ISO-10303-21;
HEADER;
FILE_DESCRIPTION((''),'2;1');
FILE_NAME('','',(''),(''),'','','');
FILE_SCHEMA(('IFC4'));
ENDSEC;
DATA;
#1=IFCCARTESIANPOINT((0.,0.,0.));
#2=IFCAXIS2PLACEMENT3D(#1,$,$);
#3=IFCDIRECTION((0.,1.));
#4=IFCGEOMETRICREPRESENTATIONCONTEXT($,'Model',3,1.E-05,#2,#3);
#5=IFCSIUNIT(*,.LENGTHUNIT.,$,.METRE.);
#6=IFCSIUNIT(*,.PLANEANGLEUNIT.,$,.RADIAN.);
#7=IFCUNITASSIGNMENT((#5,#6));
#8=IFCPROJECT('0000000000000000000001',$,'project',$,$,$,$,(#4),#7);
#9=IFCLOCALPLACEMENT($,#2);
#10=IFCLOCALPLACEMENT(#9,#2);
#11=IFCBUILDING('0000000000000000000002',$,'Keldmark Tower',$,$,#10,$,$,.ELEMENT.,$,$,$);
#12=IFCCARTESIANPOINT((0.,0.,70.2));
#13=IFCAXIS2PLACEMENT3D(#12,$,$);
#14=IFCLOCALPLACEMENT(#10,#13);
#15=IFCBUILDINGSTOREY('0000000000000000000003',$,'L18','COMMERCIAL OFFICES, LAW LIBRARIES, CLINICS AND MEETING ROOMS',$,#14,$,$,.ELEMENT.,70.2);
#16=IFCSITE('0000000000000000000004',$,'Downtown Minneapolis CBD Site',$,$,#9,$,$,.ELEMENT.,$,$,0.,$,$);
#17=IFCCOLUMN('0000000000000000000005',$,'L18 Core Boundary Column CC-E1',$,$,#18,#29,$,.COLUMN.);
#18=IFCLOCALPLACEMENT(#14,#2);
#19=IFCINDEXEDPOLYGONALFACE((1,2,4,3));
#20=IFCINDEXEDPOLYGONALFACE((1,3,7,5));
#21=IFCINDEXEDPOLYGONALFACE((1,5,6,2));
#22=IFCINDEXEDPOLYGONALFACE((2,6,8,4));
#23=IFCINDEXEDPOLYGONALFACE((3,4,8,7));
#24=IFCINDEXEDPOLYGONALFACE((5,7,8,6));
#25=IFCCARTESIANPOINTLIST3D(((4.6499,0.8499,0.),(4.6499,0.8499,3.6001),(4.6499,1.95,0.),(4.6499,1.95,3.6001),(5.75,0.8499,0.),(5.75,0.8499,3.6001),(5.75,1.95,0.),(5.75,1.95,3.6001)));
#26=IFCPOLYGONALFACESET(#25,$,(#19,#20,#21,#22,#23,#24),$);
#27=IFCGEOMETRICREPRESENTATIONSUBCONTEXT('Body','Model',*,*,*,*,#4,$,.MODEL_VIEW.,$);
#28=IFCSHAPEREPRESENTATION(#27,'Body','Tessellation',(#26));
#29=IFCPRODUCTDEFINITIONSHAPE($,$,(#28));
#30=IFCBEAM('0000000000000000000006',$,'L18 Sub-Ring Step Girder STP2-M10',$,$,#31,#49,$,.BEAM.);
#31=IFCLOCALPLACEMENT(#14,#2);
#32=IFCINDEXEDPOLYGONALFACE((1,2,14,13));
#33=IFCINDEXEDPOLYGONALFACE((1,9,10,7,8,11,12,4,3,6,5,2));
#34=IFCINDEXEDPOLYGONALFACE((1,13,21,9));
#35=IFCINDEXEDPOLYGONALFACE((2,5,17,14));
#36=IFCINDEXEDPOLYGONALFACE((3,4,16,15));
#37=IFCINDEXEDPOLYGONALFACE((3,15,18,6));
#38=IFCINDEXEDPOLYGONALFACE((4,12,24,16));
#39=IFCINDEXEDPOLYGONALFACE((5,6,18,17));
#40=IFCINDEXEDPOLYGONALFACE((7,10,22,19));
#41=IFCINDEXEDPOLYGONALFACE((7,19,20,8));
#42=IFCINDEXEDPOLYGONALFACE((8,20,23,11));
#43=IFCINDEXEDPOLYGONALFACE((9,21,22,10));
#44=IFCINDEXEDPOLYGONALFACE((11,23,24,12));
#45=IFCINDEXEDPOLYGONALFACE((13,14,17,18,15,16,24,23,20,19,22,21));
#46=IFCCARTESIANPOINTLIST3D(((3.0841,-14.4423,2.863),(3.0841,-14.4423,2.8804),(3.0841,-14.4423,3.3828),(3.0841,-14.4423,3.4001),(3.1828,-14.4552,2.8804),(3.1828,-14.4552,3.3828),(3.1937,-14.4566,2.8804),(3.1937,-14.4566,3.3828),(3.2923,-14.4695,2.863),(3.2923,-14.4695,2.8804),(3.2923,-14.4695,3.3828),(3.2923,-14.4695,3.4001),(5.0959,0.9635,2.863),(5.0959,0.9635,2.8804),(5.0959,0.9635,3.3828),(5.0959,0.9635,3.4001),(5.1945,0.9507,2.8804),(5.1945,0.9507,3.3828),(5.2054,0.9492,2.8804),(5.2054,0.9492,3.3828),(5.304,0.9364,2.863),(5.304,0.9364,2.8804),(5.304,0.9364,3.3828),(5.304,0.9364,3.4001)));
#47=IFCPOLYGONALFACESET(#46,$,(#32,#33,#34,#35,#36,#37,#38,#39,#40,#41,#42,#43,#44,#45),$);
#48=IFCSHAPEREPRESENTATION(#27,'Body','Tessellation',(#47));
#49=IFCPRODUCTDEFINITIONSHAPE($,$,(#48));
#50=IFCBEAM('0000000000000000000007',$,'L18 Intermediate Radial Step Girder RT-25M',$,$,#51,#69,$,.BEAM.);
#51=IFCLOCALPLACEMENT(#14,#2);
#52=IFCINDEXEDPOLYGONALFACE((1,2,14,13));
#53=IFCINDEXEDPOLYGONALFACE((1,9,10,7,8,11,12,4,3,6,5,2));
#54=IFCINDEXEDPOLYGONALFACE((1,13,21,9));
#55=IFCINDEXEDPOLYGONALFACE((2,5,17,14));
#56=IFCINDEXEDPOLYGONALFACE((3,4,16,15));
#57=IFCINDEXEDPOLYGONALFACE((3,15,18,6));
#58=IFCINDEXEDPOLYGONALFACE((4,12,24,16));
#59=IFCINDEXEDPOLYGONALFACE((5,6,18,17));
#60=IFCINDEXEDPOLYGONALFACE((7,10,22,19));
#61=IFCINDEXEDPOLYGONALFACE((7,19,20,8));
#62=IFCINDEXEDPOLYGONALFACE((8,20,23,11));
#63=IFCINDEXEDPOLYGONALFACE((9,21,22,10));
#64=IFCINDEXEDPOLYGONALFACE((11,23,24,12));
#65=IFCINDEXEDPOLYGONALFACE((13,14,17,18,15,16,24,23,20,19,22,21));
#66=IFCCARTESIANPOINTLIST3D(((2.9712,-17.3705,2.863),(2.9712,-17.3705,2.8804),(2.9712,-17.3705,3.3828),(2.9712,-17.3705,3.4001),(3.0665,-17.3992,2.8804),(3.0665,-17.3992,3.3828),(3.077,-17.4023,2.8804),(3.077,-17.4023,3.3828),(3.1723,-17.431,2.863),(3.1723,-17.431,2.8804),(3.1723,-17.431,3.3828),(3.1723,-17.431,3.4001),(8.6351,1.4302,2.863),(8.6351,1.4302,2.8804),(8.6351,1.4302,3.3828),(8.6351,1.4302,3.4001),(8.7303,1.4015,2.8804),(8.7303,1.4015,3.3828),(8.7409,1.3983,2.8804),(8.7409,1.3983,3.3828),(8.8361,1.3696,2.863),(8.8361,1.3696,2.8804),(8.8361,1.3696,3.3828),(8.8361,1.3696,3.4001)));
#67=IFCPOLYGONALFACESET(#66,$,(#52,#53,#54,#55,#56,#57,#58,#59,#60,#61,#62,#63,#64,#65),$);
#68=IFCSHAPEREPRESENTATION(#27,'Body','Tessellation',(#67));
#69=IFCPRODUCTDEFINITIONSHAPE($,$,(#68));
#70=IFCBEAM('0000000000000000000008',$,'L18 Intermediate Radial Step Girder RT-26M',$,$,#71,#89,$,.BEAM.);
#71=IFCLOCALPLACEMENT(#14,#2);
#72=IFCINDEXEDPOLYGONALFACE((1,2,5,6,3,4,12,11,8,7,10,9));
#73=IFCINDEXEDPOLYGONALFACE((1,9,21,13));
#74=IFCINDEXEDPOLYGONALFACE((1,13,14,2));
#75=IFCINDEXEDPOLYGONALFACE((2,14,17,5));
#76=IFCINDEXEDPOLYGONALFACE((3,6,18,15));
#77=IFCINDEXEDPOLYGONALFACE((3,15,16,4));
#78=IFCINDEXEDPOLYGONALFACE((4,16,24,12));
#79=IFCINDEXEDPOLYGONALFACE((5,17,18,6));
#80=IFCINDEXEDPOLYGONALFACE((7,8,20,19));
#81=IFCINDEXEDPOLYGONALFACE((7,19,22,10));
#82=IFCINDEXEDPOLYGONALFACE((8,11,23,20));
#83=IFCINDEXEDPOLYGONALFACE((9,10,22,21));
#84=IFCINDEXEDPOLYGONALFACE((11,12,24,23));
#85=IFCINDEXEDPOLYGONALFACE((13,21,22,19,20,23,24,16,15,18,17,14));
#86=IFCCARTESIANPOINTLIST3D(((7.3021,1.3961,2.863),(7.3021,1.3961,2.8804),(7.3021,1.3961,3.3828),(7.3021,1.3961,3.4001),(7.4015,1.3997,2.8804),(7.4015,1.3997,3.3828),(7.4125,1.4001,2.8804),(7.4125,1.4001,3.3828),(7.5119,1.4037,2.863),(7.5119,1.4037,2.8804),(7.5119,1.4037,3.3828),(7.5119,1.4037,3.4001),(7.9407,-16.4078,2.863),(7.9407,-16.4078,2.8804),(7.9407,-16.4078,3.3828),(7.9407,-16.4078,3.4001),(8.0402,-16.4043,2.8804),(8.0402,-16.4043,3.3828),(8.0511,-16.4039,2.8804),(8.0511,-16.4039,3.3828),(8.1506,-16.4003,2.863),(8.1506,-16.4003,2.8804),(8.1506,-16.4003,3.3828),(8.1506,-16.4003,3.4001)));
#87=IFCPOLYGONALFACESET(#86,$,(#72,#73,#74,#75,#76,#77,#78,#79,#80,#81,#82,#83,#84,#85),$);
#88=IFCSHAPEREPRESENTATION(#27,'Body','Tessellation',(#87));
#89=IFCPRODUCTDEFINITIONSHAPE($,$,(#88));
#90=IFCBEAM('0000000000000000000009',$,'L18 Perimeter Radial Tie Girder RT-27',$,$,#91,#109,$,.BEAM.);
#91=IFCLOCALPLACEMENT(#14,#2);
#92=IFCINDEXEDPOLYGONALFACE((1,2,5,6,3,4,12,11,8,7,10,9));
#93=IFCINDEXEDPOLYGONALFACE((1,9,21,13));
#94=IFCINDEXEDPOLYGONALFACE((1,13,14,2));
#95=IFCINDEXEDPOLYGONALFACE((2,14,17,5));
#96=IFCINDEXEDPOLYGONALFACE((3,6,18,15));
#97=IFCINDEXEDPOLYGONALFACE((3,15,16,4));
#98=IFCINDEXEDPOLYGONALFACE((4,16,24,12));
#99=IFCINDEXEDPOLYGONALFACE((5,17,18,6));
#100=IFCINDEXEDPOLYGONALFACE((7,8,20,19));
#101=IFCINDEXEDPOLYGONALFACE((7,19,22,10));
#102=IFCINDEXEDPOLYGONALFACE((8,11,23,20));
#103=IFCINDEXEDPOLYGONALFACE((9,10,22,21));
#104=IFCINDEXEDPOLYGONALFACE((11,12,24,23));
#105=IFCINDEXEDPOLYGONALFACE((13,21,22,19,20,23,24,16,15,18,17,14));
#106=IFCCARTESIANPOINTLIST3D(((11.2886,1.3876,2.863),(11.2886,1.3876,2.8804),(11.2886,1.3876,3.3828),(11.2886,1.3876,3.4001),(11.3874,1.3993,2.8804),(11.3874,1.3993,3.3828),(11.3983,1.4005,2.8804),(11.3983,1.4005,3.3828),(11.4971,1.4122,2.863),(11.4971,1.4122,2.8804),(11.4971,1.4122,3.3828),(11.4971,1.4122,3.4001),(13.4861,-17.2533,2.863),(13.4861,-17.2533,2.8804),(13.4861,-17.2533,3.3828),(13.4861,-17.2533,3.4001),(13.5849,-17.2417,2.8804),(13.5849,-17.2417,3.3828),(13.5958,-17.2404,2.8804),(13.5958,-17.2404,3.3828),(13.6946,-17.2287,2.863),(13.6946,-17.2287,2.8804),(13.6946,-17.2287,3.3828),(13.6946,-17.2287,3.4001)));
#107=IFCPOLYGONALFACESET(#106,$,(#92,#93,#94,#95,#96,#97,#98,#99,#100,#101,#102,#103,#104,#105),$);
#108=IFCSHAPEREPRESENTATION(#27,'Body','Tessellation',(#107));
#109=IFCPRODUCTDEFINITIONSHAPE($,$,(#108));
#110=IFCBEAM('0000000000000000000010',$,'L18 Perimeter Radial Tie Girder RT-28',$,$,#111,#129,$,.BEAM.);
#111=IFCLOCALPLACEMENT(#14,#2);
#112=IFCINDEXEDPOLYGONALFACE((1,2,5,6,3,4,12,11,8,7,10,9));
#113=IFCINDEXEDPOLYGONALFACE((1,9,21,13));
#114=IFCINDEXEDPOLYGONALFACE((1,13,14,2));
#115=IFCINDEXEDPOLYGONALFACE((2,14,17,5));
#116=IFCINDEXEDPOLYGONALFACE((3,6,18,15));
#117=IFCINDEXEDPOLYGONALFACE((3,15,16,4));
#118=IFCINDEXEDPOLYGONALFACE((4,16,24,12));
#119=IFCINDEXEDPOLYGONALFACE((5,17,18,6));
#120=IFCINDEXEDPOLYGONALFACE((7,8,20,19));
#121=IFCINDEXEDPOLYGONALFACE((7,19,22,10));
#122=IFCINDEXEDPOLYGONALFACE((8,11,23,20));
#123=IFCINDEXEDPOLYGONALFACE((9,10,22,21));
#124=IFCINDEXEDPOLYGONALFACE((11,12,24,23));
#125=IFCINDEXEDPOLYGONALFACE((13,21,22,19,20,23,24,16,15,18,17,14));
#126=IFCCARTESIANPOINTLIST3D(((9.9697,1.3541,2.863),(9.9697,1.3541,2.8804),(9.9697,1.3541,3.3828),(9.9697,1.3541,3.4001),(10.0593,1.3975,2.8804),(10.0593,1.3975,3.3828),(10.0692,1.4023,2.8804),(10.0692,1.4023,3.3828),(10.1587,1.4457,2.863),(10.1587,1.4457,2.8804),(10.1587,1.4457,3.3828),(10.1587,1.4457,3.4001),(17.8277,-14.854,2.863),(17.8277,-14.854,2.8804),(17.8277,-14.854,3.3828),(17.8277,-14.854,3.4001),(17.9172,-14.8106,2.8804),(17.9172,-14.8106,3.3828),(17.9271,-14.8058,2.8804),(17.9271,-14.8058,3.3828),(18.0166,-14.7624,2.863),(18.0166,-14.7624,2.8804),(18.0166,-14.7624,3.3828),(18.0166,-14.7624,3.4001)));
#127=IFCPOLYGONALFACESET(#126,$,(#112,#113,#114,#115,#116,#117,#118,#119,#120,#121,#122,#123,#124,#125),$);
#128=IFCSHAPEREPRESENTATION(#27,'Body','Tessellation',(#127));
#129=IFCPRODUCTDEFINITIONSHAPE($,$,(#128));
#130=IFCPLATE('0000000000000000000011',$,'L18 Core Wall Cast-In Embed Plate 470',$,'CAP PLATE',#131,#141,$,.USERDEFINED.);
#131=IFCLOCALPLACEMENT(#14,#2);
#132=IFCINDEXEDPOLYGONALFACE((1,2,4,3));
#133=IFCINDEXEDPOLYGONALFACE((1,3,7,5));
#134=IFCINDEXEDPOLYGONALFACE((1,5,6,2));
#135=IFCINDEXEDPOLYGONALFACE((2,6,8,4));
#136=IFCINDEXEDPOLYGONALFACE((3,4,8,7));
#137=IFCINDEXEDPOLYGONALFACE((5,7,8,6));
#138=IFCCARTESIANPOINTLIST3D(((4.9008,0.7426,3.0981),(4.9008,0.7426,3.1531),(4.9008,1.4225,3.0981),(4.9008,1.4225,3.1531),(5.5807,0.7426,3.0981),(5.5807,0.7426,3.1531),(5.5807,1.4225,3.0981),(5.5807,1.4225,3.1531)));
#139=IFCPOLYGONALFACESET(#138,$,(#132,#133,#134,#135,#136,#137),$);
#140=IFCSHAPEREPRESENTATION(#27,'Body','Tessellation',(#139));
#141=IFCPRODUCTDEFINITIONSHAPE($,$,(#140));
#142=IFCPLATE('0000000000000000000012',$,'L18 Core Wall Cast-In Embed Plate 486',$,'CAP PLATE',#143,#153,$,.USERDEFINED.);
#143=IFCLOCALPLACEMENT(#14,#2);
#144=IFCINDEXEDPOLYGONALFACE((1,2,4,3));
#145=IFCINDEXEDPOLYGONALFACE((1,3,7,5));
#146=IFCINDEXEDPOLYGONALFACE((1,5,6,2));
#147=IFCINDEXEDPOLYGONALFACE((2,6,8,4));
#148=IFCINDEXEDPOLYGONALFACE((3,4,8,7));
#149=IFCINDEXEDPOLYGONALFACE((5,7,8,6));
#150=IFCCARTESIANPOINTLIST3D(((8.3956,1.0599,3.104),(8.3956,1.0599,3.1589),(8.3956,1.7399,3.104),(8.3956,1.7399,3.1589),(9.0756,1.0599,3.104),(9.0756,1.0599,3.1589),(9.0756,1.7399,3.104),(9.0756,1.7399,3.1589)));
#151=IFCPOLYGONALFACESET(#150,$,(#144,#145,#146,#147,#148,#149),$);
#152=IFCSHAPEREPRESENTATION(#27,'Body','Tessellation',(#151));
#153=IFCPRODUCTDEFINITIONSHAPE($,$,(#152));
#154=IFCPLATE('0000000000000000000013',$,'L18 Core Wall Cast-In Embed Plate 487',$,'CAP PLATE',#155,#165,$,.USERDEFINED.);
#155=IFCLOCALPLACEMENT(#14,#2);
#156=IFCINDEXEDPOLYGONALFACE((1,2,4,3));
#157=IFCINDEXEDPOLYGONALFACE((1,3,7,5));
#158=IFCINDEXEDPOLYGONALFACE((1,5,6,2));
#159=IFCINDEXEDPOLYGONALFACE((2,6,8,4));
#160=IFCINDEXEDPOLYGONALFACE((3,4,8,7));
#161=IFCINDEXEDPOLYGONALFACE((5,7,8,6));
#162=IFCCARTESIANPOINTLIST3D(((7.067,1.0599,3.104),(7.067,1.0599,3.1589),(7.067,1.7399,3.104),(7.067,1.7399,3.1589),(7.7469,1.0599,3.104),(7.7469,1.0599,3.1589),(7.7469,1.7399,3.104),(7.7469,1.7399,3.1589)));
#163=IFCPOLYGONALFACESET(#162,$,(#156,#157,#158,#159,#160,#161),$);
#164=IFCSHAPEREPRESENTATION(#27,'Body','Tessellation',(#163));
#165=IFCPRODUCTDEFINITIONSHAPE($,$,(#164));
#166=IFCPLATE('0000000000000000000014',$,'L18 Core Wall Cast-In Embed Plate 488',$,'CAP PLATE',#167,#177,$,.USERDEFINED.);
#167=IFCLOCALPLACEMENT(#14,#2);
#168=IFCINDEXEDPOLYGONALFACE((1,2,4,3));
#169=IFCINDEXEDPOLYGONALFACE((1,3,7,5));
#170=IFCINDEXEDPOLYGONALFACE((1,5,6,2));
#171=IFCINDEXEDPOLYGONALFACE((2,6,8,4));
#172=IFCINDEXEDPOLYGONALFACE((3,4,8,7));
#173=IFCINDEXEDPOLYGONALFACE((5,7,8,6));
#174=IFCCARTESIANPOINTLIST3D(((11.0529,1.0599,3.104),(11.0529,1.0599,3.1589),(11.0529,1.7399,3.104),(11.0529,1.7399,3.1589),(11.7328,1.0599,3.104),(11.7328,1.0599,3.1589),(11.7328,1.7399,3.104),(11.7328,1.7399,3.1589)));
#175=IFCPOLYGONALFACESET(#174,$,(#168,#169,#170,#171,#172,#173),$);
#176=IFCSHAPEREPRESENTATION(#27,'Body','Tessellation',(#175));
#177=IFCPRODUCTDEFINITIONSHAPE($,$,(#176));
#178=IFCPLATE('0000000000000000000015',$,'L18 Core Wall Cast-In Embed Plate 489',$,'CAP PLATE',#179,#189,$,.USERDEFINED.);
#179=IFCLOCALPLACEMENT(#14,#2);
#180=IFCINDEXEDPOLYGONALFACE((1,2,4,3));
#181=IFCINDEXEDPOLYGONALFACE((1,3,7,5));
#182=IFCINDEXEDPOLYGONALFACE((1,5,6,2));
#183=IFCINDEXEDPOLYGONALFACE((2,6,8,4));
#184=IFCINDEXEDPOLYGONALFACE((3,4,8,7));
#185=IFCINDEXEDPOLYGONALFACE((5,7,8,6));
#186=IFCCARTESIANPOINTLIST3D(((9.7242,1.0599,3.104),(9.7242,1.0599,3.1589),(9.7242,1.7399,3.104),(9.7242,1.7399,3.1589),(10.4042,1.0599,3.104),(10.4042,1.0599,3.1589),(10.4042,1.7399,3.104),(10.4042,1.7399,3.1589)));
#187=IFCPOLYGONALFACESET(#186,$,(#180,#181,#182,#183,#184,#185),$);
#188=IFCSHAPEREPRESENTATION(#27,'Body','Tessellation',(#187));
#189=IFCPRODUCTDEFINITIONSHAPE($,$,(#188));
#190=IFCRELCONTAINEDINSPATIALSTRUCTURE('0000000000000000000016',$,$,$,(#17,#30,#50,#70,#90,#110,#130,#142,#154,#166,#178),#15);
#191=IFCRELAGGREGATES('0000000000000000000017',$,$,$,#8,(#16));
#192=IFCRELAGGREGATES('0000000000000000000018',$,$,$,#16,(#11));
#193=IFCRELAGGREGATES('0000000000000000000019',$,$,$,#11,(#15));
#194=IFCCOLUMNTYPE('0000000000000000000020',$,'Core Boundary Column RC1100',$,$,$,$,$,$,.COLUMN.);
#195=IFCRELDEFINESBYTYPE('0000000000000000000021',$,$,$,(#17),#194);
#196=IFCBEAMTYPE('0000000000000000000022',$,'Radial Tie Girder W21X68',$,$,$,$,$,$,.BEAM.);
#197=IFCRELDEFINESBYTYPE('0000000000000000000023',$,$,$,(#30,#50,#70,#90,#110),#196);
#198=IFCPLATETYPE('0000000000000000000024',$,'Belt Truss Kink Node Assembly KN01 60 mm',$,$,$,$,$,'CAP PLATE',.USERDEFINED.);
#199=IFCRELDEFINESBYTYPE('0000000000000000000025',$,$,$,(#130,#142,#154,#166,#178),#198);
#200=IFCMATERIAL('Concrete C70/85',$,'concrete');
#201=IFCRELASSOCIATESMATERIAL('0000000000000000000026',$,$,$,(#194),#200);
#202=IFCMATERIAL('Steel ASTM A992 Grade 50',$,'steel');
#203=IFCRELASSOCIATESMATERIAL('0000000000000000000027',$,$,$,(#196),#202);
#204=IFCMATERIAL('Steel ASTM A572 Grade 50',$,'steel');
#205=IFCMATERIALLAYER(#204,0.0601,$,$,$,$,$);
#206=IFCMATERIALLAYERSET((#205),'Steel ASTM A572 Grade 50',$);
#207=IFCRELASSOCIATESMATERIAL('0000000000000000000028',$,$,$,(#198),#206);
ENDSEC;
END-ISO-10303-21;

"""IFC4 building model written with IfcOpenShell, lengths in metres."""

from ifc_helpers import new_model, si_unit, direction, frame, origin, origin_2d, place, context, subcontext, project, spatial, rectangle, i_section, extrude, material, layer, layer_set, material_profile, profile_set, type_object, element, save


model = new_model("IFC4")

# Units and contexts
model_context = context("Model", 3, precision=1e-05, world=origin(), true_north=direction((0.0, 1.0)))
body_context = subcontext(model_context, "Body", "Model", "MODEL_VIEW")
ifc_project = project(units=[si_unit("LENGTHUNIT", "METRE"), si_unit("PLANEANGLEUNIT", "RADIAN")], contexts=[model_context])

# Site, building, storey
site_placement = place(None, origin())
site = spatial("IfcSite", under=ifc_project, at=site_placement, Name="Downtown Minneapolis CBD Site", CompositionType="ELEMENT", RefElevation=0.0)
building_placement = place(site_placement, origin())
building = spatial("IfcBuilding", under=site, at=building_placement, Name="Keldmark Tower", CompositionType="ELEMENT")
storey_placement = place(building_placement, frame((0.0, 0.0, 70.2)))
storey = spatial("IfcBuildingStorey", under=building, at=storey_placement, Name="L18", Description="COMMERCIAL OFFICES, LAW LIBRARIES, CLINICS AND MEETING ROOMS", CompositionType="ELEMENT", Elevation=70.2)

# Column
ifc_material_1 = material(Name="Concrete C70/85", Category="concrete")
ifc_material_profile_1 = material_profile(ifc_material_1, rectangle(XDim=1.1001, YDim=1.1001, at=origin_2d()), Name="RC1100X1100")
ifc_profile_set_1 = profile_set([ifc_material_profile_1], Name="Concrete C70/85")
column_type = type_object("IfcColumnType", Name="Core Boundary Column RC1100", PredefinedType="COLUMN", material=ifc_profile_set_1)
column_placement = place(storey_placement, frame((5.2, 1.3999, 0.0), z_axis=(0.0, 0.0, 1.0), x_axis=(1.0, 0.0, 0.0)))
element("IfcColumn", 1, at=column_placement, inside=storey, type_object=column_type, Name="L18 Core Boundary Column CC-E1", PredefinedType="COLUMN", context=body_context, shape_type="SweptSolid", body=[
    extrude(rectangle(XDim=1.1001, YDim=1.1001, at=origin_2d()), origin(), (0.0, 0.0, 1.0), 3.6001),
])

# Beams
ifc_material_2 = material(Name="Steel ASTM A992 Grade 50", Category="steel")
ifc_material_profile_2 = material_profile(ifc_material_2, i_section(OverallWidth=0.21, OverallDepth=0.5371, WebThickness=0.011, FlangeThickness=0.0173, at=origin_2d()), Name="W21X68")
ifc_profile_set_2 = profile_set([ifc_material_profile_2], Name="Steel ASTM A992 Grade 50")
beam_type = type_object("IfcBeamType", Name="Radial Tie Girder W21X68", PredefinedType="BEAM", material=ifc_profile_set_2)
beam_1_placement = place(storey_placement, frame((5.2, 0.95, 3.1316), z_axis=(-0.129483, -0.991582, 0.0), x_axis=(0.991582, -0.129483, 0.0)))
element("IfcBeam", 2, at=beam_1_placement, inside=storey, type_object=beam_type, Name="L18 Sub-Ring Step Girder STP2-M10", PredefinedType="BEAM", context=body_context, shape_type="SweptSolid", body=[
    extrude(i_section(OverallWidth=0.21, OverallDepth=0.5371, WebThickness=0.011, FlangeThickness=0.0173, at=origin_2d()), origin(), (0.0, 0.0, 1.0), 15.5366),
])
beam_2_placement = place(storey_placement, frame((8.7356, 1.3999, 3.1316), z_axis=(-0.288453, -0.957494, 0.0), x_axis=(0.957494, -0.288453, 0.0)))
element("IfcBeam", 3, at=beam_2_placement, inside=storey, type_object=beam_type, Name="L18 Intermediate Radial Step Girder RT-25M", PredefinedType="BEAM", context=body_context, shape_type="SweptSolid", body=[
    extrude(i_section(OverallWidth=0.21, OverallDepth=0.5371, WebThickness=0.011, FlangeThickness=0.0173, at=origin_2d()), origin(), (0.0, 0.0, 1.0), 19.6353),
])
beam_3_placement = place(storey_placement, frame((7.407, 1.3999, 3.1316), z_axis=(0.035849, -0.999357, 0.0), x_axis=(0.999357, 0.035849, 0.0)))
element("IfcBeam", 4, at=beam_3_placement, inside=storey, type_object=beam_type, Name="L18 Intermediate Radial Step Girder RT-26M", PredefinedType="BEAM", context=body_context, shape_type="SweptSolid", body=[
    extrude(i_section(OverallWidth=0.21, OverallDepth=0.5371, WebThickness=0.011, FlangeThickness=0.0173, at=origin_2d()), origin(), (0.0, 0.0, 1.0), 17.8154),
])
beam_4_placement = place(storey_placement, frame((11.3928, 1.3999, 3.1316), z_axis=(0.117076, -0.993123, 0.0), x_axis=(0.993123, 0.117076, 0.0)))
element("IfcBeam", 5, at=beam_4_placement, inside=storey, type_object=beam_type, Name="L18 Perimeter Radial Tie Girder RT-27", PredefinedType="BEAM", context=body_context, shape_type="SweptSolid", body=[
    extrude(i_section(OverallWidth=0.21, OverallDepth=0.5371, WebThickness=0.011, FlangeThickness=0.0173, at=origin_2d()), origin(), (0.0, 0.0, 1.0), 18.77),
])
beam_5_placement = place(storey_placement, frame((10.0642, 1.3999, 3.1316), z_axis=(0.43625, -0.899825, 0.0), x_axis=(0.899825, 0.43625, 0.0)))
element("IfcBeam", 6, at=beam_5_placement, inside=storey, type_object=beam_type, Name="L18 Perimeter Radial Tie Girder RT-28", PredefinedType="BEAM", context=body_context, shape_type="SweptSolid", body=[
    extrude(i_section(OverallWidth=0.21, OverallDepth=0.5371, WebThickness=0.011, FlangeThickness=0.0173, at=origin_2d()), origin(), (0.0, 0.0, 1.0), 18.0125),
])

# Plates
ifc_material_3 = material(Name="Steel ASTM A572 Grade 50", Category="steel")
ifc_layer_1 = layer(ifc_material_3, 0.0601)
ifc_layer_set_1 = layer_set([ifc_layer_1], Name="Steel ASTM A572 Grade 50")
plate_type = type_object("IfcPlateType", Name="Belt Truss Kink Node Assembly KN01 60 mm", ElementType="CAP PLATE", PredefinedType="USERDEFINED", material=ifc_layer_set_1)
for number, where, z_axis, x_axis, name in (
    (7, (5.2407, 1.0825, 3.0981), (0.0, 0.0, 1.0), (1.0, 0.0, 0.0), "L18 Core Wall Cast-In Embed Plate 470"),
    (8, (8.7356, 1.3999, 3.104), (0.0, 0.0, 1.0), (1.0, 0.0, 0.0), "L18 Core Wall Cast-In Embed Plate 486"),
    (9, (7.407, 1.3999, 3.104), (0.0, 0.0, 1.0), (1.0, 0.0, 0.0), "L18 Core Wall Cast-In Embed Plate 487"),
    (10, (11.3928, 1.3999, 3.104), (0.0, 0.0, 1.0), (1.0, 0.0, 0.0), "L18 Core Wall Cast-In Embed Plate 488"),
    (11, (10.0642, 1.3999, 3.104), (0.0, 0.0, 1.0), (1.0, 0.0, 0.0), "L18 Core Wall Cast-In Embed Plate 489"),
):
    element("IfcPlate", number, at=place(storey_placement, frame(where, z_axis=z_axis, x_axis=x_axis)), inside=storey, type_object=plate_type, Name=name, ObjectType="CAP PLATE", PredefinedType="USERDEFINED", context=body_context, shape_type="SweptSolid", body=[
        extrude(rectangle(XDim=0.6799, YDim=0.6799, at=origin_2d()), origin(), (0.0, 0.0, 1.0), 0.0549),
    ])

save(model, "model.ifc")
